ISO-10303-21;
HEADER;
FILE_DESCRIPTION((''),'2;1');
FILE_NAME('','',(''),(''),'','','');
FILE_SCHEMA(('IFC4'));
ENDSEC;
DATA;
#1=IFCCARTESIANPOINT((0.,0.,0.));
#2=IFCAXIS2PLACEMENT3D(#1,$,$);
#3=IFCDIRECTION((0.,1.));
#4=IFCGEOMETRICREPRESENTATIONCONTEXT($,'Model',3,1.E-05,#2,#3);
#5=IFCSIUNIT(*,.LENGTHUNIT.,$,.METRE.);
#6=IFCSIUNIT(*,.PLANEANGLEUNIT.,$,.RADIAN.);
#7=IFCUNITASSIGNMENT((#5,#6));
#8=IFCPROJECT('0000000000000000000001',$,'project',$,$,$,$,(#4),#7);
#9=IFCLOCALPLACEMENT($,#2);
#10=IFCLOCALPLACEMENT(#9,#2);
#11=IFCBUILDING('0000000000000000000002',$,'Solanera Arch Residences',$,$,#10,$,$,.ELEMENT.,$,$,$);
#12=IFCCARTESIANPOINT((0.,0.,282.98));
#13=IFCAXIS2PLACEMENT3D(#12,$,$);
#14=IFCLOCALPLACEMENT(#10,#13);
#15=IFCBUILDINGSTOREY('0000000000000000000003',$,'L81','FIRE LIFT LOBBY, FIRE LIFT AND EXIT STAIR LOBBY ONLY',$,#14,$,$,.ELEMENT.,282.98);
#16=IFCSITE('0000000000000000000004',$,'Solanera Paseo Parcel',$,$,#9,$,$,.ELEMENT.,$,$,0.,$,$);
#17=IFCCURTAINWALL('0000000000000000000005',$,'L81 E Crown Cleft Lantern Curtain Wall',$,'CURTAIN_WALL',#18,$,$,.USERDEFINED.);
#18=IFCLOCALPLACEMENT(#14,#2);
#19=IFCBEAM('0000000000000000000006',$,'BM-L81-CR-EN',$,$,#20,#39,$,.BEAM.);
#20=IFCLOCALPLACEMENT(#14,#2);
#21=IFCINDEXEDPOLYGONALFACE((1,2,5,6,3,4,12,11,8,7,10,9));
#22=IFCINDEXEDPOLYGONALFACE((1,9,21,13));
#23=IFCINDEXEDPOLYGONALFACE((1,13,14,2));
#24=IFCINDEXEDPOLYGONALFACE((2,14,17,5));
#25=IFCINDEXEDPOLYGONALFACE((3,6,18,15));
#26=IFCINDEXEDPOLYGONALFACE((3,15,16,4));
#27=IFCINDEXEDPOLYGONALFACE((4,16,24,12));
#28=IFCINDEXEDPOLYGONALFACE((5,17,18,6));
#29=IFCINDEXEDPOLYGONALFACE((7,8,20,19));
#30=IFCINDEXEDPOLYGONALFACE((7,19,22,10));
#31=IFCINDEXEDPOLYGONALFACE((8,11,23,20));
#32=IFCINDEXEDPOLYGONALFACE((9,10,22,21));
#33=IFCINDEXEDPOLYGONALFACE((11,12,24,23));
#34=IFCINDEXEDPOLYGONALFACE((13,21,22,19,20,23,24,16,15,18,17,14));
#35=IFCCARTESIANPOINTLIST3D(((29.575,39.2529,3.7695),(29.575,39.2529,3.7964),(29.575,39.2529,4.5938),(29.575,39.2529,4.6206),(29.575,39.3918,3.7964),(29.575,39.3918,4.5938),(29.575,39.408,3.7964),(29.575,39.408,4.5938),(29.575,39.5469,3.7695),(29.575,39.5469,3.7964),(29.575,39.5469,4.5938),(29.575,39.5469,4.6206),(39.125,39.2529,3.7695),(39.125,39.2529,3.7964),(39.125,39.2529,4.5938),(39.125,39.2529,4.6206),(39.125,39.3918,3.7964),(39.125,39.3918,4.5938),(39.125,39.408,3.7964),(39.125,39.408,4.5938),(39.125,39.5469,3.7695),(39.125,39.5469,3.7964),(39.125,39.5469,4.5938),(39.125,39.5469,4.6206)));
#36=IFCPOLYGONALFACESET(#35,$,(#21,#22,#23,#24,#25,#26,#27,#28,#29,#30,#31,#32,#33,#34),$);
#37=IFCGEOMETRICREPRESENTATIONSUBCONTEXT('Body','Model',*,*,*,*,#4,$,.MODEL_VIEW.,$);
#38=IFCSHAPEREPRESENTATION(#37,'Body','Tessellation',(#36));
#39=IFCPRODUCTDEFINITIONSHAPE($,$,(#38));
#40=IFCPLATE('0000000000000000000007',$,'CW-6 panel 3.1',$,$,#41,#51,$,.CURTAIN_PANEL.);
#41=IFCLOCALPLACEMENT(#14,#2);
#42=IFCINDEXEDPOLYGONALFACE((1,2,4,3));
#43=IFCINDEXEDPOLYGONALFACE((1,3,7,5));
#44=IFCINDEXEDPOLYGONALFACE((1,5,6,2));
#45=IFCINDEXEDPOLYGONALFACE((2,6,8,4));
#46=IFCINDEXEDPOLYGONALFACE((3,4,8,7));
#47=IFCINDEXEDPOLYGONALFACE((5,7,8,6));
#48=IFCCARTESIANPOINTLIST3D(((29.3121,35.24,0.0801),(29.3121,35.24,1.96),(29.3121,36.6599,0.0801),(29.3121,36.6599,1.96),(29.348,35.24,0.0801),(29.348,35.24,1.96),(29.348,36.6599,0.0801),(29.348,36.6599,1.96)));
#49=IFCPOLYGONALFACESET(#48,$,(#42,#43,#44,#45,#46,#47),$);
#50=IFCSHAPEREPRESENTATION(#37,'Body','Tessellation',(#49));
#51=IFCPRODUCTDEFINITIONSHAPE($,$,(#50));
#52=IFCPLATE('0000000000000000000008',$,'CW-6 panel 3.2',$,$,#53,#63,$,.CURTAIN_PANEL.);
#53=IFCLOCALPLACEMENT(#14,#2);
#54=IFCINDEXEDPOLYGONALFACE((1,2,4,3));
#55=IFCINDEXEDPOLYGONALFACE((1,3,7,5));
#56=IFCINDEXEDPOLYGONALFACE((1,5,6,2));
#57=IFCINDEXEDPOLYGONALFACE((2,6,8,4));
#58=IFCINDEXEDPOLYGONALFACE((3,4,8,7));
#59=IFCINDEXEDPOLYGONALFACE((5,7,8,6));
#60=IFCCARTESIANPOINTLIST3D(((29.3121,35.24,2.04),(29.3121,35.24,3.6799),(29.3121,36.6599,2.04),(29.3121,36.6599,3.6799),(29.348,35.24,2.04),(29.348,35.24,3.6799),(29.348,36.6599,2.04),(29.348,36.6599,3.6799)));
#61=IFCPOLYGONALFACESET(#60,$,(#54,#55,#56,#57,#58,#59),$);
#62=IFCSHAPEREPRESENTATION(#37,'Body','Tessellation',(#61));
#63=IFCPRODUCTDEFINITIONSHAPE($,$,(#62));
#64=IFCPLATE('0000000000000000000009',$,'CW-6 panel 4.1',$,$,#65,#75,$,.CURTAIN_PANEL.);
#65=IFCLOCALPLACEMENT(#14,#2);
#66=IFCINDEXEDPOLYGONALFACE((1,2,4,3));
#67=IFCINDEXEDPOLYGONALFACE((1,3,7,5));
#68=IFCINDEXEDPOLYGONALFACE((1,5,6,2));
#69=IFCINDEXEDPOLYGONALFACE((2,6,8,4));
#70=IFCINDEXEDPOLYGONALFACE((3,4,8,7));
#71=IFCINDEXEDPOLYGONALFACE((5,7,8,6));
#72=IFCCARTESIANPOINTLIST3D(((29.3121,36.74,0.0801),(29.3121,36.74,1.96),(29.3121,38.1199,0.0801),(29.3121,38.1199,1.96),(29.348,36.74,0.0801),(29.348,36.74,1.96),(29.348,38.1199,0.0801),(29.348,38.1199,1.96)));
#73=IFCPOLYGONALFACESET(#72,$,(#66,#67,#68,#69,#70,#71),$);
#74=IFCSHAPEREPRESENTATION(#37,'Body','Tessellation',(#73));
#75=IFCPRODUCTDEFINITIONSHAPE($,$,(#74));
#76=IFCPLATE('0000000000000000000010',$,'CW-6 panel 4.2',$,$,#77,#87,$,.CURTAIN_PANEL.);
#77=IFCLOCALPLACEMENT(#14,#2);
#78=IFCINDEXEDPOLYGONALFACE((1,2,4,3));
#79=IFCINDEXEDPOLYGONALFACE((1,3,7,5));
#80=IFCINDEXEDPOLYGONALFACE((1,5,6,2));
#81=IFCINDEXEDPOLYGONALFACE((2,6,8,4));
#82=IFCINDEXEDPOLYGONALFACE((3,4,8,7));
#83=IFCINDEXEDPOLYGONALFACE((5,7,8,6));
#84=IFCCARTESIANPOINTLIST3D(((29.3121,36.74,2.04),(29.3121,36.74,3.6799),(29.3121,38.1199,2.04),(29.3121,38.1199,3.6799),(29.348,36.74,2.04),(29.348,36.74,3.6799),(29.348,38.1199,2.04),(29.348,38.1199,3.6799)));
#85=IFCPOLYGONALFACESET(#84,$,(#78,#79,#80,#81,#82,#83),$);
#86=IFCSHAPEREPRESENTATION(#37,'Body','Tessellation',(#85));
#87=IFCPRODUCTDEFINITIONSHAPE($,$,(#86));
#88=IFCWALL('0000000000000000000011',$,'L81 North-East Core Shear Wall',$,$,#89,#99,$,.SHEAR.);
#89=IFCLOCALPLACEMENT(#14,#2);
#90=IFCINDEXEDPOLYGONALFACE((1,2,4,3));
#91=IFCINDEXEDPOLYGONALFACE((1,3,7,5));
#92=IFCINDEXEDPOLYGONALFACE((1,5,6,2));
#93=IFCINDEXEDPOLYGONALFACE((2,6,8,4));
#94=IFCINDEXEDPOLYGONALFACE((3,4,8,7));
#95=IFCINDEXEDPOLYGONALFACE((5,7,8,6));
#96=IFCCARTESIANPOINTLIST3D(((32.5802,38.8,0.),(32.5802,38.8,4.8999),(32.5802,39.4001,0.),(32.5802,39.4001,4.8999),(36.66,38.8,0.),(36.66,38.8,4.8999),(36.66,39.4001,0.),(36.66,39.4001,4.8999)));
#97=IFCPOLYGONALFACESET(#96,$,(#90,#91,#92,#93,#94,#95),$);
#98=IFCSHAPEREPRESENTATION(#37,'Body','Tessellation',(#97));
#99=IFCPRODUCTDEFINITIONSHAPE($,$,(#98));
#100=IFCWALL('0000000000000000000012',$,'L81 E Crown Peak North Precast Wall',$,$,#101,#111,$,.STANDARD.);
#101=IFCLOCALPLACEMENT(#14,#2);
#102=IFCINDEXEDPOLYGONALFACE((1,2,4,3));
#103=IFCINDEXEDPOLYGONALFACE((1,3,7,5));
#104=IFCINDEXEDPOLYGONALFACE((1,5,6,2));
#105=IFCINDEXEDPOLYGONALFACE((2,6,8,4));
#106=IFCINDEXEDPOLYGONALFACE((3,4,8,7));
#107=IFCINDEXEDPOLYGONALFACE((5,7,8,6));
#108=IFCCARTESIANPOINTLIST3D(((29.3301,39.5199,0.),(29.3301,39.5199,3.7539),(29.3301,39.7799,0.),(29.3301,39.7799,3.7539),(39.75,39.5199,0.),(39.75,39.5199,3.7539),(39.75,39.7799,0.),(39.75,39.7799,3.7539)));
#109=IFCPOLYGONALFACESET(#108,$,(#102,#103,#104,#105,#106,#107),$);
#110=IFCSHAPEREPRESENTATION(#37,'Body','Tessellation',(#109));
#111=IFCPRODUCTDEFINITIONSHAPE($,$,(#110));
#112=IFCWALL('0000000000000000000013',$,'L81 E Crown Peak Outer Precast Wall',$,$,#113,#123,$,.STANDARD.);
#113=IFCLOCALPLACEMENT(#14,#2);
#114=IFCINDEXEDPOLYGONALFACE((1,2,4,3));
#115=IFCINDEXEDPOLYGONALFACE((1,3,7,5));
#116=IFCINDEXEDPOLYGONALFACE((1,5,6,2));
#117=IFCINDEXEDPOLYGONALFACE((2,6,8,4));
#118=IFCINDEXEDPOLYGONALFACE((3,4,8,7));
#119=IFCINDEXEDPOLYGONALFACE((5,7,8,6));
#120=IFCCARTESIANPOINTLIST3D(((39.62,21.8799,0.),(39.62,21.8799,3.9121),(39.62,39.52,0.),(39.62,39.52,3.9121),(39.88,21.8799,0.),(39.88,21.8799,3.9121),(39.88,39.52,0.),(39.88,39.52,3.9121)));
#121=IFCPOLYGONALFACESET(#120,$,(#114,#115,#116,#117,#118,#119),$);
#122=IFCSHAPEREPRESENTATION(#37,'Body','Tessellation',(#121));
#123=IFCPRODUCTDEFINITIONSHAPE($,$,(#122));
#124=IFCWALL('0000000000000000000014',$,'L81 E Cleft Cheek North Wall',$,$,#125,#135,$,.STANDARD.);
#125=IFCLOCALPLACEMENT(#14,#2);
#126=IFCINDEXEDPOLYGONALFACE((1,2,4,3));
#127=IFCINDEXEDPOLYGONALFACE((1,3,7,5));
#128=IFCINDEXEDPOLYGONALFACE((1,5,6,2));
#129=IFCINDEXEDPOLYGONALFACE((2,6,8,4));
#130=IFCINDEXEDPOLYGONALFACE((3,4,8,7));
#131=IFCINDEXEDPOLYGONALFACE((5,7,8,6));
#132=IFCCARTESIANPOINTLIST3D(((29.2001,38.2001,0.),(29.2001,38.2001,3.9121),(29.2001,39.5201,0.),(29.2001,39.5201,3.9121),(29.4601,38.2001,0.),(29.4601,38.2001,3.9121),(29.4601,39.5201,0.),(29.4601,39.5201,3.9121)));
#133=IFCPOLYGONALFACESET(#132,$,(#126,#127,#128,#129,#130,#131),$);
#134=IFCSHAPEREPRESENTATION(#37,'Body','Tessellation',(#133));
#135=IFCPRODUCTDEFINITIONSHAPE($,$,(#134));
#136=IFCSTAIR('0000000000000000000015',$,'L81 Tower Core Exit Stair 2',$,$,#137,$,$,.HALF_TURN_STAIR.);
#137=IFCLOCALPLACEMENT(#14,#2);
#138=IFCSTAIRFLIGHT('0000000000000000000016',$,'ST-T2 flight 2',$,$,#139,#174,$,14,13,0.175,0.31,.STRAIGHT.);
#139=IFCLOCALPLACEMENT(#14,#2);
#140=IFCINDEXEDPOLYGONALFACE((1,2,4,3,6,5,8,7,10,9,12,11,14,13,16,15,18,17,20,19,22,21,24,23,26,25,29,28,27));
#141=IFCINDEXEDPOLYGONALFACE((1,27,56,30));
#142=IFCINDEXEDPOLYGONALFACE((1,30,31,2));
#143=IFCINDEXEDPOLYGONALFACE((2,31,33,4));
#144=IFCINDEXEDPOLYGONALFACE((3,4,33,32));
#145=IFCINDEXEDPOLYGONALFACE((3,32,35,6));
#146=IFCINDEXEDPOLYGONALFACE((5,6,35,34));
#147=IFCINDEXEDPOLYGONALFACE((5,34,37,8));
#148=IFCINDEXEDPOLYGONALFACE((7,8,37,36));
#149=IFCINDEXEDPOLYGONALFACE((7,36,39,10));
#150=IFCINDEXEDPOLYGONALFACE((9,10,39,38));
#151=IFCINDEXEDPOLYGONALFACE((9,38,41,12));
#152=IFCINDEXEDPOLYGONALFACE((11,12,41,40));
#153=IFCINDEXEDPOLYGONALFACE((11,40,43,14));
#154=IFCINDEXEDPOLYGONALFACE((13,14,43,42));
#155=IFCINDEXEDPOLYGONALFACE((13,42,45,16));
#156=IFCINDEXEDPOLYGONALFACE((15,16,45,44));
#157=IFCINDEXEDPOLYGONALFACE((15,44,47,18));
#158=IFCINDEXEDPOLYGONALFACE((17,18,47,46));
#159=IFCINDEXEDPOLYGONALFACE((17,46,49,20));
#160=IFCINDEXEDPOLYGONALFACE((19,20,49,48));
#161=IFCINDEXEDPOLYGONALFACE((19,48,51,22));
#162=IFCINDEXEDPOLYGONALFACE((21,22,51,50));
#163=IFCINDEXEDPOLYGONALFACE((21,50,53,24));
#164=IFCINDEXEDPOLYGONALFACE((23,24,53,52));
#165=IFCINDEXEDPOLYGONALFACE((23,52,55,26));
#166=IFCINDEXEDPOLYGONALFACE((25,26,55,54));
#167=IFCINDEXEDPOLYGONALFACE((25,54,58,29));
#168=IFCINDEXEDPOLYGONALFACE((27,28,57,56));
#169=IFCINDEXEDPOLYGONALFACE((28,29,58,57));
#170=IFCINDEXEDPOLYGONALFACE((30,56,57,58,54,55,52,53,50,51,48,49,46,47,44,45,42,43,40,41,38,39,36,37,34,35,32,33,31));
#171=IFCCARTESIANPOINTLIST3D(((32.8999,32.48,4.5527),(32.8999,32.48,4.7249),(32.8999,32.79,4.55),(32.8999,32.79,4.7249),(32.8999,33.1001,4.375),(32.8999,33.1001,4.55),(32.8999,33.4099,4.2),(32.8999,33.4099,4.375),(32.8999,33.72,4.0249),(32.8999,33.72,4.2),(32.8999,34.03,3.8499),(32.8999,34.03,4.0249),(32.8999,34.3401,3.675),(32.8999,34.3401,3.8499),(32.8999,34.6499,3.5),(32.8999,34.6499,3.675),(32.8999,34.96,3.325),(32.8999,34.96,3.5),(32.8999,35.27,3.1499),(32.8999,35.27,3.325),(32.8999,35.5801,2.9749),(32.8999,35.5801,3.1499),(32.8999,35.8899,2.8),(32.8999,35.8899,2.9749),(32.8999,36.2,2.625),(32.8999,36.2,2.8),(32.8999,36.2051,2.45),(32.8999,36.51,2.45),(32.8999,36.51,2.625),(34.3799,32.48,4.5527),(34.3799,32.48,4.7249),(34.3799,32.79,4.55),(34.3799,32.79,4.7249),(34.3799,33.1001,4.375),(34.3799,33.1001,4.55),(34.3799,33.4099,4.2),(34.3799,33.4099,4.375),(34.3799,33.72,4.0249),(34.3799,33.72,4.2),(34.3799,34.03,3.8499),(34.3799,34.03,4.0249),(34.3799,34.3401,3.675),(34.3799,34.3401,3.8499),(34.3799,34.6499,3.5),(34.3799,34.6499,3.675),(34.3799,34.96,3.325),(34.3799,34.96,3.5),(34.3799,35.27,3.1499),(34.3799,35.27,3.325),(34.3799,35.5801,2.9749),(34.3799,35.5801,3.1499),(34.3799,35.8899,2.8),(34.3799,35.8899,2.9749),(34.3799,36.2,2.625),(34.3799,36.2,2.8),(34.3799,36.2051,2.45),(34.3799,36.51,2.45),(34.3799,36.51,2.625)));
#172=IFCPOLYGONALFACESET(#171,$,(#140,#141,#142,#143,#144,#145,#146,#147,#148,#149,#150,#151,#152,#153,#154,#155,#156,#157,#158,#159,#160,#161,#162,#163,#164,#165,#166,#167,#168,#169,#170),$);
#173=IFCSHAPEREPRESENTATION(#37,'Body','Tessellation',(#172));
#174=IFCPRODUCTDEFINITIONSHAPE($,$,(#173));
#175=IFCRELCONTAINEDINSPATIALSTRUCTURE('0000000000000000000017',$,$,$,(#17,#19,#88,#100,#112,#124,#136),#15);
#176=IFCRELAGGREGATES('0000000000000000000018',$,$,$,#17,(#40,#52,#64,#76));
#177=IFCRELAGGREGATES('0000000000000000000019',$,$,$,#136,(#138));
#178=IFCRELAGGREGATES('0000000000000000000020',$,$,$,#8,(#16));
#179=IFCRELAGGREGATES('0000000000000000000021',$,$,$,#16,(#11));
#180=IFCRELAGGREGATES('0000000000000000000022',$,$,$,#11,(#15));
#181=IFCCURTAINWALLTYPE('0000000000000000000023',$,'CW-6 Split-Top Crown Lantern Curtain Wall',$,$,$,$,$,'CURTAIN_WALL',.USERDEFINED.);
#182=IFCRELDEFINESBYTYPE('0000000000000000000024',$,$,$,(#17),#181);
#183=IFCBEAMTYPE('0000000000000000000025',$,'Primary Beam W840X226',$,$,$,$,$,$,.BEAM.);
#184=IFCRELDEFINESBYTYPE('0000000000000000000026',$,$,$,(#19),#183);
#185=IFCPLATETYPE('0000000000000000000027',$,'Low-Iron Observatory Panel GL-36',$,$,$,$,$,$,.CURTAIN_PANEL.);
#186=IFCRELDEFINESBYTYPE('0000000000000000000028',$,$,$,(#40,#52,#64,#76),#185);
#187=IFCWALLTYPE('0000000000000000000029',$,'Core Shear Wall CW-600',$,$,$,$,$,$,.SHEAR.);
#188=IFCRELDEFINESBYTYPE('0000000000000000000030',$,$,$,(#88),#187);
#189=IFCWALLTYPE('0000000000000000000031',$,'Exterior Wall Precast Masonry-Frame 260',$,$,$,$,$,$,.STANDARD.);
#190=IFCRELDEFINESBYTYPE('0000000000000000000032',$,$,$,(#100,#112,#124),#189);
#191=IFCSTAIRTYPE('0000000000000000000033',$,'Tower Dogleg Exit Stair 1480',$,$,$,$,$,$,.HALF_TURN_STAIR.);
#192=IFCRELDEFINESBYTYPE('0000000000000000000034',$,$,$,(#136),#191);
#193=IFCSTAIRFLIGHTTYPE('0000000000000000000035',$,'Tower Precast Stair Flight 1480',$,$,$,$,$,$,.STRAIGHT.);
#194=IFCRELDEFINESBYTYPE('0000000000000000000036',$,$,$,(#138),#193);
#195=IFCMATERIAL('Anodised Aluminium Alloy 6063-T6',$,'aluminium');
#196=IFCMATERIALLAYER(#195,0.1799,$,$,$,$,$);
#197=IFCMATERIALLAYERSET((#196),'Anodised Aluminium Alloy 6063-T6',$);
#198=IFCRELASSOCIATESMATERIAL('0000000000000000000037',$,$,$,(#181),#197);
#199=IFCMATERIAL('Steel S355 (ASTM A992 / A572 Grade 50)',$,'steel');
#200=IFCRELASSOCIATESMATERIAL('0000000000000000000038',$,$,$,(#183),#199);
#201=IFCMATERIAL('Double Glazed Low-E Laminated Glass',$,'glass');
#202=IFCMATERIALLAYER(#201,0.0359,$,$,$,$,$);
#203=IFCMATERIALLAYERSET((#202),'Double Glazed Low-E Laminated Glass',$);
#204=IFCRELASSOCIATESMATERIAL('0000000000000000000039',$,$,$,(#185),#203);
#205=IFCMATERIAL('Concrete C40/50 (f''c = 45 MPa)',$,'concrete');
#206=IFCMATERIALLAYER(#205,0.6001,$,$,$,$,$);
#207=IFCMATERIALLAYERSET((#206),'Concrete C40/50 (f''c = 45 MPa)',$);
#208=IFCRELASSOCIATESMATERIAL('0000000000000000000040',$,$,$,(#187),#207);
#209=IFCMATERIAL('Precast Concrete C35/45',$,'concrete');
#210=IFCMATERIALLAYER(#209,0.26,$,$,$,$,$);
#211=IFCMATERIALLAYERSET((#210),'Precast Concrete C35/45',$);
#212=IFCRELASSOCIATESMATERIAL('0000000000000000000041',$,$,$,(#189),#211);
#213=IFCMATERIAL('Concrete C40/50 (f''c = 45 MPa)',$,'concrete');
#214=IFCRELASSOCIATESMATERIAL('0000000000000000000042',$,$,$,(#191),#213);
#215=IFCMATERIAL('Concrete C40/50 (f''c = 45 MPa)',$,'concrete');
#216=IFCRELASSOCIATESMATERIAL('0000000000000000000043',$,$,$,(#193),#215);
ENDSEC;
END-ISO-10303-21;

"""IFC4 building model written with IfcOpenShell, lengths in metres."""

from ifc_helpers import new_model, si_unit, direction, frame, frame_2d, origin, origin_2d, place, context, subcontext, project, spatial, polyline, rectangle, i_section, outline, extrude, material, layer, layer_set, material_profile, profile_set, type_object, element, aggregate, save


model = new_model("IFC4")

# Units and contexts
model_context = context("Model", 3, precision=1e-05, world=origin(), true_north=direction((0.0, 1.0)))
body_context = subcontext(model_context, "Body", "Model", "MODEL_VIEW")
ifc_project = project(units=[si_unit("LENGTHUNIT", "METRE"), si_unit("PLANEANGLEUNIT", "RADIAN")], contexts=[model_context])

# Site, building, storey
site_placement = place(None, origin())
site = spatial("IfcSite", under=ifc_project, at=site_placement, Name="Solanera Paseo Parcel", CompositionType="ELEMENT", RefElevation=0.0)
building_placement = place(site_placement, origin())
building = spatial("IfcBuilding", under=site, at=building_placement, Name="Solanera Arch Residences", CompositionType="ELEMENT")
storey_placement = place(building_placement, frame((0.0, 0.0, 282.98)))
storey = spatial("IfcBuildingStorey", under=building, at=storey_placement, Name="L81", Description="FIRE LIFT LOBBY, FIRE LIFT AND EXIT STAIR LOBBY ONLY", CompositionType="ELEMENT", Elevation=282.98)

# Curtain wall
ifc_material_1 = material(Name="Anodised Aluminium Alloy 6063-T6", Category="aluminium")
ifc_layer_1 = layer(ifc_material_1, 0.1799)
ifc_layer_set_1 = layer_set([ifc_layer_1], Name="Anodised Aluminium Alloy 6063-T6")
curtain_wall_type = type_object("IfcCurtainWallType", Name="CW-6 Split-Top Crown Lantern Curtain Wall", ElementType="CURTAIN_WALL", PredefinedType="USERDEFINED", material=ifc_layer_set_1)
curtain_wall_placement = place(storey_placement, origin())
curtain_wall = element("IfcCurtainWall", 1, at=curtain_wall_placement, inside=storey, type_object=curtain_wall_type, Name="L81 E Crown Cleft Lantern Curtain Wall", ObjectType="CURTAIN_WALL", PredefinedType="USERDEFINED")

# Beam
ifc_material_2 = material(Name="Steel S355 (ASTM A992 / A572 Grade 50)", Category="steel")
ifc_material_profile_1 = material_profile(ifc_material_2, i_section(OverallWidth=0.2939, OverallDepth=0.8511, WebThickness=0.0161, FlangeThickness=0.0269, at=origin_2d()))
ifc_profile_set_1 = profile_set([ifc_material_profile_1], Name="Steel S355 (ASTM A992 / A572 Grade 50)")
beam_type = type_object("IfcBeamType", Name="Primary Beam W840X226", PredefinedType="BEAM", material=ifc_profile_set_1)
beam_placement = place(storey_placement, frame((29.575, 39.3999, 4.1951), z_axis=(1.0, 0.0, 0.0), x_axis=(0.0, 1.0, 0.0)))
element("IfcBeam", 2, at=beam_placement, inside=storey, type_object=beam_type, Name="BM-L81-CR-EN", PredefinedType="BEAM", context=body_context, shape_type="SweptSolid", body=[
    extrude(i_section(OverallWidth=0.2939, OverallDepth=0.8511, WebThickness=0.0161, FlangeThickness=0.0269, at=origin_2d()), origin(), (0.0, 0.0, 1.0), 9.55),
])

# Plates
ifc_material_3 = material(Name="Double Glazed Low-E Laminated Glass", Category="glass")
ifc_layer_2 = layer(ifc_material_3, 0.0359)
ifc_layer_set_2 = layer_set([ifc_layer_2], Name="Double Glazed Low-E Laminated Glass")
plate_type = type_object("IfcPlateType", Name="Low-Iron Observatory Panel GL-36", PredefinedType="CURTAIN_PANEL", material=ifc_layer_set_2)
plate_1_placement = place(storey_placement, frame((29.3301, 35.95, 0.0801), z_axis=(0.0, 0.0, 1.0), x_axis=(0.0, 1.0, 0.0)))
plate_1 = element("IfcPlate", 3, at=plate_1_placement, type_object=plate_type, Name="CW-6 panel 3.1", PredefinedType="CURTAIN_PANEL", context=body_context, shape_type="SweptSolid", body=[
    extrude(rectangle(XDim=1.4199, YDim=0.0359, at=origin_2d()), origin(), (0.0, 0.0, 1.0), 1.8799),
])
plate_2_placement = place(storey_placement, frame((29.3301, 35.95, 2.04), z_axis=(0.0, 0.0, 1.0), x_axis=(0.0, 1.0, 0.0)))
plate_2 = element("IfcPlate", 4, at=plate_2_placement, type_object=plate_type, Name="CW-6 panel 3.2", PredefinedType="CURTAIN_PANEL", context=body_context, shape_type="SweptSolid", body=[
    extrude(rectangle(XDim=1.4199, YDim=0.0359, at=origin_2d()), origin(), (0.0, 0.0, 1.0), 1.6399),
])
plate_3_placement = place(storey_placement, frame((29.3301, 37.4299, 0.0801), z_axis=(0.0, 0.0, 1.0), x_axis=(0.0, 1.0, 0.0)))
plate_3 = element("IfcPlate", 5, at=plate_3_placement, type_object=plate_type, Name="CW-6 panel 4.1", PredefinedType="CURTAIN_PANEL", context=body_context, shape_type="SweptSolid", body=[
    extrude(rectangle(XDim=1.3799, YDim=0.0359, at=origin_2d()), origin(), (0.0, 0.0, 1.0), 1.8799),
])
plate_4_placement = place(storey_placement, frame((29.3301, 37.4299, 2.04), z_axis=(0.0, 0.0, 1.0), x_axis=(0.0, 1.0, 0.0)))
plate_4 = element("IfcPlate", 6, at=plate_4_placement, type_object=plate_type, Name="CW-6 panel 4.2", PredefinedType="CURTAIN_PANEL", context=body_context, shape_type="SweptSolid", body=[
    extrude(rectangle(XDim=1.3799, YDim=0.0359, at=origin_2d()), origin(), (0.0, 0.0, 1.0), 1.6399),
])
aggregate(curtain_wall, [plate_1, plate_2, plate_3, plate_4])

# Walls
ifc_material_4 = material(Name="Concrete C40/50 (f'c = 45 MPa)", Category="concrete")
ifc_layer_3 = layer(ifc_material_4, 0.6001)
ifc_layer_set_3 = layer_set([ifc_layer_3], Name="Concrete C40/50 (f'c = 45 MPa)")
wall_type_1 = type_object("IfcWallType", Name="Core Shear Wall CW-600", PredefinedType="SHEAR", material=ifc_layer_set_3)
wall_1_placement = place(storey_placement, frame((32.5801, 39.1001, 0.0), z_axis=(0.0, 0.0, 1.0), x_axis=(1.0, 0.0, 0.0)))
element("IfcWall", 7, at=wall_1_placement, inside=storey, type_object=wall_type_1, Name="L81 North-East Core Shear Wall", PredefinedType="SHEAR", context=body_context, shape_type="SweptSolid", body=[
    extrude(rectangle(XDim=4.0798, YDim=0.6001, at=frame_2d((2.04, 0.0))), origin(), (0.0, 0.0, 1.0), 4.8999),
])
ifc_material_5 = material(Name="Precast Concrete C35/45", Category="concrete")
ifc_layer_4 = layer(ifc_material_5, 0.26)
ifc_layer_set_4 = layer_set([ifc_layer_4], Name="Precast Concrete C35/45")
wall_type_2 = type_object("IfcWallType", Name="Exterior Wall Precast Masonry-Frame 260", PredefinedType="STANDARD", material=ifc_layer_set_4)
wall_2_placement = place(storey_placement, frame((29.3301, 39.6499, 0.0), z_axis=(0.0, 0.0, 1.0), x_axis=(1.0, 0.0, 0.0)))
element("IfcWall", 8, at=wall_2_placement, inside=storey, type_object=wall_type_2, Name="L81 E Crown Peak North Precast Wall", PredefinedType="STANDARD", context=body_context, shape_type="SweptSolid", body=[
    extrude(rectangle(XDim=10.4199, YDim=0.26, at=frame_2d((5.21, 0.0))), origin(), (0.0, 0.0, 1.0), 3.7539),
])
wall_3_placement = place(storey_placement, frame((39.75, 39.52, 0.0), z_axis=(0.0, 0.0, 1.0), x_axis=(0.0, -1.0, 0.0)))
element("IfcWall", 9, at=wall_3_placement, inside=storey, type_object=wall_type_2, Name="L81 E Crown Peak Outer Precast Wall", PredefinedType="STANDARD", context=body_context, shape_type="SweptSolid", body=[
    extrude(rectangle(XDim=17.6401, YDim=0.26, at=frame_2d((8.8201, 0.0))), origin(), (0.0, 0.0, 1.0), 3.9121),
])
wall_4_placement = place(storey_placement, frame((29.3301, 38.2, 0.0), z_axis=(0.0, 0.0, 1.0), x_axis=(0.0, 1.0, 0.0)))
element("IfcWall", 10, at=wall_4_placement, inside=storey, type_object=wall_type_2, Name="L81 E Cleft Cheek North Wall", PredefinedType="STANDARD", context=body_context, shape_type="SweptSolid", body=[
    extrude(rectangle(XDim=1.3201, YDim=0.26, at=frame_2d((0.6602, 0.0))), origin(), (0.0, 0.0, 1.0), 3.9121),
])

# Stair, stair flight
ifc_material_6 = material(Name="Concrete C40/50 (f'c = 45 MPa)", Category="concrete")
stair_type = type_object("IfcStairType", Name="Tower Dogleg Exit Stair 1480", PredefinedType="HALF_TURN_STAIR", material=ifc_material_6)
stair_placement = place(storey_placement, origin())
stair = element("IfcStair", 11, at=stair_placement, inside=storey, type_object=stair_type, Name="L81 Tower Core Exit Stair 2", PredefinedType="HALF_TURN_STAIR")
ifc_material_7 = material(Name="Concrete C40/50 (f'c = 45 MPa)", Category="concrete")
stair_flight_type = type_object("IfcStairFlightType", Name="Tower Precast Stair Flight 1480", PredefinedType="STRAIGHT", material=ifc_material_7)
stair_flight_placement = place(storey_placement, frame((33.6399, 36.51, 2.45), z_axis=(0.0, 0.0, 1.0), x_axis=(0.0, -1.0, 0.0)))
stair_flight = element("IfcStairFlight", 12, at=stair_flight_placement, type_object=stair_flight_type, Name="ST-T2 flight 2", NumberOfRisers=14, NumberOfTreads=13, PredefinedType="STRAIGHT", RiserHeight=0.175, TreadLength=0.31, context=body_context, shape_type="SweptSolid", body=[
    extrude(outline(polyline([(0.0, 0.0), (0.0, 0.175), (0.3101, 0.175), (0.3101, 0.3501), (0.6201, 0.3501), (0.6201, 0.5249), (0.9299, 0.5249), (0.9299, 0.7), (1.24, 0.7), (1.24, 0.875), (1.55, 0.875), (1.55, 1.05), (1.8601, 1.05), (1.8601, 1.2251), (2.1699, 1.2251), (2.1699, 1.3999), (2.48, 1.3999), (2.48, 1.575), (2.79, 1.575), (2.79, 1.75), (3.1001, 1.75), (3.1001, 1.925), (3.4099, 1.925), (3.4099, 2.1001), (3.72, 2.1001), (3.72, 2.2749), (4.03, 2.2749), (4.03, 2.45), (4.03, 2.1028), (0.3049, 0.0), (0.0, 0.0)])), frame((0.0, 0.74, 0.0), z_axis=(0.0, -1.0, 0.0), x_axis=(1.0, 0.0, 0.0)), (0.0, 0.0, 1.0), 1.48),
])
aggregate(stair, [stair_flight])

save(model, "model.ifc")
